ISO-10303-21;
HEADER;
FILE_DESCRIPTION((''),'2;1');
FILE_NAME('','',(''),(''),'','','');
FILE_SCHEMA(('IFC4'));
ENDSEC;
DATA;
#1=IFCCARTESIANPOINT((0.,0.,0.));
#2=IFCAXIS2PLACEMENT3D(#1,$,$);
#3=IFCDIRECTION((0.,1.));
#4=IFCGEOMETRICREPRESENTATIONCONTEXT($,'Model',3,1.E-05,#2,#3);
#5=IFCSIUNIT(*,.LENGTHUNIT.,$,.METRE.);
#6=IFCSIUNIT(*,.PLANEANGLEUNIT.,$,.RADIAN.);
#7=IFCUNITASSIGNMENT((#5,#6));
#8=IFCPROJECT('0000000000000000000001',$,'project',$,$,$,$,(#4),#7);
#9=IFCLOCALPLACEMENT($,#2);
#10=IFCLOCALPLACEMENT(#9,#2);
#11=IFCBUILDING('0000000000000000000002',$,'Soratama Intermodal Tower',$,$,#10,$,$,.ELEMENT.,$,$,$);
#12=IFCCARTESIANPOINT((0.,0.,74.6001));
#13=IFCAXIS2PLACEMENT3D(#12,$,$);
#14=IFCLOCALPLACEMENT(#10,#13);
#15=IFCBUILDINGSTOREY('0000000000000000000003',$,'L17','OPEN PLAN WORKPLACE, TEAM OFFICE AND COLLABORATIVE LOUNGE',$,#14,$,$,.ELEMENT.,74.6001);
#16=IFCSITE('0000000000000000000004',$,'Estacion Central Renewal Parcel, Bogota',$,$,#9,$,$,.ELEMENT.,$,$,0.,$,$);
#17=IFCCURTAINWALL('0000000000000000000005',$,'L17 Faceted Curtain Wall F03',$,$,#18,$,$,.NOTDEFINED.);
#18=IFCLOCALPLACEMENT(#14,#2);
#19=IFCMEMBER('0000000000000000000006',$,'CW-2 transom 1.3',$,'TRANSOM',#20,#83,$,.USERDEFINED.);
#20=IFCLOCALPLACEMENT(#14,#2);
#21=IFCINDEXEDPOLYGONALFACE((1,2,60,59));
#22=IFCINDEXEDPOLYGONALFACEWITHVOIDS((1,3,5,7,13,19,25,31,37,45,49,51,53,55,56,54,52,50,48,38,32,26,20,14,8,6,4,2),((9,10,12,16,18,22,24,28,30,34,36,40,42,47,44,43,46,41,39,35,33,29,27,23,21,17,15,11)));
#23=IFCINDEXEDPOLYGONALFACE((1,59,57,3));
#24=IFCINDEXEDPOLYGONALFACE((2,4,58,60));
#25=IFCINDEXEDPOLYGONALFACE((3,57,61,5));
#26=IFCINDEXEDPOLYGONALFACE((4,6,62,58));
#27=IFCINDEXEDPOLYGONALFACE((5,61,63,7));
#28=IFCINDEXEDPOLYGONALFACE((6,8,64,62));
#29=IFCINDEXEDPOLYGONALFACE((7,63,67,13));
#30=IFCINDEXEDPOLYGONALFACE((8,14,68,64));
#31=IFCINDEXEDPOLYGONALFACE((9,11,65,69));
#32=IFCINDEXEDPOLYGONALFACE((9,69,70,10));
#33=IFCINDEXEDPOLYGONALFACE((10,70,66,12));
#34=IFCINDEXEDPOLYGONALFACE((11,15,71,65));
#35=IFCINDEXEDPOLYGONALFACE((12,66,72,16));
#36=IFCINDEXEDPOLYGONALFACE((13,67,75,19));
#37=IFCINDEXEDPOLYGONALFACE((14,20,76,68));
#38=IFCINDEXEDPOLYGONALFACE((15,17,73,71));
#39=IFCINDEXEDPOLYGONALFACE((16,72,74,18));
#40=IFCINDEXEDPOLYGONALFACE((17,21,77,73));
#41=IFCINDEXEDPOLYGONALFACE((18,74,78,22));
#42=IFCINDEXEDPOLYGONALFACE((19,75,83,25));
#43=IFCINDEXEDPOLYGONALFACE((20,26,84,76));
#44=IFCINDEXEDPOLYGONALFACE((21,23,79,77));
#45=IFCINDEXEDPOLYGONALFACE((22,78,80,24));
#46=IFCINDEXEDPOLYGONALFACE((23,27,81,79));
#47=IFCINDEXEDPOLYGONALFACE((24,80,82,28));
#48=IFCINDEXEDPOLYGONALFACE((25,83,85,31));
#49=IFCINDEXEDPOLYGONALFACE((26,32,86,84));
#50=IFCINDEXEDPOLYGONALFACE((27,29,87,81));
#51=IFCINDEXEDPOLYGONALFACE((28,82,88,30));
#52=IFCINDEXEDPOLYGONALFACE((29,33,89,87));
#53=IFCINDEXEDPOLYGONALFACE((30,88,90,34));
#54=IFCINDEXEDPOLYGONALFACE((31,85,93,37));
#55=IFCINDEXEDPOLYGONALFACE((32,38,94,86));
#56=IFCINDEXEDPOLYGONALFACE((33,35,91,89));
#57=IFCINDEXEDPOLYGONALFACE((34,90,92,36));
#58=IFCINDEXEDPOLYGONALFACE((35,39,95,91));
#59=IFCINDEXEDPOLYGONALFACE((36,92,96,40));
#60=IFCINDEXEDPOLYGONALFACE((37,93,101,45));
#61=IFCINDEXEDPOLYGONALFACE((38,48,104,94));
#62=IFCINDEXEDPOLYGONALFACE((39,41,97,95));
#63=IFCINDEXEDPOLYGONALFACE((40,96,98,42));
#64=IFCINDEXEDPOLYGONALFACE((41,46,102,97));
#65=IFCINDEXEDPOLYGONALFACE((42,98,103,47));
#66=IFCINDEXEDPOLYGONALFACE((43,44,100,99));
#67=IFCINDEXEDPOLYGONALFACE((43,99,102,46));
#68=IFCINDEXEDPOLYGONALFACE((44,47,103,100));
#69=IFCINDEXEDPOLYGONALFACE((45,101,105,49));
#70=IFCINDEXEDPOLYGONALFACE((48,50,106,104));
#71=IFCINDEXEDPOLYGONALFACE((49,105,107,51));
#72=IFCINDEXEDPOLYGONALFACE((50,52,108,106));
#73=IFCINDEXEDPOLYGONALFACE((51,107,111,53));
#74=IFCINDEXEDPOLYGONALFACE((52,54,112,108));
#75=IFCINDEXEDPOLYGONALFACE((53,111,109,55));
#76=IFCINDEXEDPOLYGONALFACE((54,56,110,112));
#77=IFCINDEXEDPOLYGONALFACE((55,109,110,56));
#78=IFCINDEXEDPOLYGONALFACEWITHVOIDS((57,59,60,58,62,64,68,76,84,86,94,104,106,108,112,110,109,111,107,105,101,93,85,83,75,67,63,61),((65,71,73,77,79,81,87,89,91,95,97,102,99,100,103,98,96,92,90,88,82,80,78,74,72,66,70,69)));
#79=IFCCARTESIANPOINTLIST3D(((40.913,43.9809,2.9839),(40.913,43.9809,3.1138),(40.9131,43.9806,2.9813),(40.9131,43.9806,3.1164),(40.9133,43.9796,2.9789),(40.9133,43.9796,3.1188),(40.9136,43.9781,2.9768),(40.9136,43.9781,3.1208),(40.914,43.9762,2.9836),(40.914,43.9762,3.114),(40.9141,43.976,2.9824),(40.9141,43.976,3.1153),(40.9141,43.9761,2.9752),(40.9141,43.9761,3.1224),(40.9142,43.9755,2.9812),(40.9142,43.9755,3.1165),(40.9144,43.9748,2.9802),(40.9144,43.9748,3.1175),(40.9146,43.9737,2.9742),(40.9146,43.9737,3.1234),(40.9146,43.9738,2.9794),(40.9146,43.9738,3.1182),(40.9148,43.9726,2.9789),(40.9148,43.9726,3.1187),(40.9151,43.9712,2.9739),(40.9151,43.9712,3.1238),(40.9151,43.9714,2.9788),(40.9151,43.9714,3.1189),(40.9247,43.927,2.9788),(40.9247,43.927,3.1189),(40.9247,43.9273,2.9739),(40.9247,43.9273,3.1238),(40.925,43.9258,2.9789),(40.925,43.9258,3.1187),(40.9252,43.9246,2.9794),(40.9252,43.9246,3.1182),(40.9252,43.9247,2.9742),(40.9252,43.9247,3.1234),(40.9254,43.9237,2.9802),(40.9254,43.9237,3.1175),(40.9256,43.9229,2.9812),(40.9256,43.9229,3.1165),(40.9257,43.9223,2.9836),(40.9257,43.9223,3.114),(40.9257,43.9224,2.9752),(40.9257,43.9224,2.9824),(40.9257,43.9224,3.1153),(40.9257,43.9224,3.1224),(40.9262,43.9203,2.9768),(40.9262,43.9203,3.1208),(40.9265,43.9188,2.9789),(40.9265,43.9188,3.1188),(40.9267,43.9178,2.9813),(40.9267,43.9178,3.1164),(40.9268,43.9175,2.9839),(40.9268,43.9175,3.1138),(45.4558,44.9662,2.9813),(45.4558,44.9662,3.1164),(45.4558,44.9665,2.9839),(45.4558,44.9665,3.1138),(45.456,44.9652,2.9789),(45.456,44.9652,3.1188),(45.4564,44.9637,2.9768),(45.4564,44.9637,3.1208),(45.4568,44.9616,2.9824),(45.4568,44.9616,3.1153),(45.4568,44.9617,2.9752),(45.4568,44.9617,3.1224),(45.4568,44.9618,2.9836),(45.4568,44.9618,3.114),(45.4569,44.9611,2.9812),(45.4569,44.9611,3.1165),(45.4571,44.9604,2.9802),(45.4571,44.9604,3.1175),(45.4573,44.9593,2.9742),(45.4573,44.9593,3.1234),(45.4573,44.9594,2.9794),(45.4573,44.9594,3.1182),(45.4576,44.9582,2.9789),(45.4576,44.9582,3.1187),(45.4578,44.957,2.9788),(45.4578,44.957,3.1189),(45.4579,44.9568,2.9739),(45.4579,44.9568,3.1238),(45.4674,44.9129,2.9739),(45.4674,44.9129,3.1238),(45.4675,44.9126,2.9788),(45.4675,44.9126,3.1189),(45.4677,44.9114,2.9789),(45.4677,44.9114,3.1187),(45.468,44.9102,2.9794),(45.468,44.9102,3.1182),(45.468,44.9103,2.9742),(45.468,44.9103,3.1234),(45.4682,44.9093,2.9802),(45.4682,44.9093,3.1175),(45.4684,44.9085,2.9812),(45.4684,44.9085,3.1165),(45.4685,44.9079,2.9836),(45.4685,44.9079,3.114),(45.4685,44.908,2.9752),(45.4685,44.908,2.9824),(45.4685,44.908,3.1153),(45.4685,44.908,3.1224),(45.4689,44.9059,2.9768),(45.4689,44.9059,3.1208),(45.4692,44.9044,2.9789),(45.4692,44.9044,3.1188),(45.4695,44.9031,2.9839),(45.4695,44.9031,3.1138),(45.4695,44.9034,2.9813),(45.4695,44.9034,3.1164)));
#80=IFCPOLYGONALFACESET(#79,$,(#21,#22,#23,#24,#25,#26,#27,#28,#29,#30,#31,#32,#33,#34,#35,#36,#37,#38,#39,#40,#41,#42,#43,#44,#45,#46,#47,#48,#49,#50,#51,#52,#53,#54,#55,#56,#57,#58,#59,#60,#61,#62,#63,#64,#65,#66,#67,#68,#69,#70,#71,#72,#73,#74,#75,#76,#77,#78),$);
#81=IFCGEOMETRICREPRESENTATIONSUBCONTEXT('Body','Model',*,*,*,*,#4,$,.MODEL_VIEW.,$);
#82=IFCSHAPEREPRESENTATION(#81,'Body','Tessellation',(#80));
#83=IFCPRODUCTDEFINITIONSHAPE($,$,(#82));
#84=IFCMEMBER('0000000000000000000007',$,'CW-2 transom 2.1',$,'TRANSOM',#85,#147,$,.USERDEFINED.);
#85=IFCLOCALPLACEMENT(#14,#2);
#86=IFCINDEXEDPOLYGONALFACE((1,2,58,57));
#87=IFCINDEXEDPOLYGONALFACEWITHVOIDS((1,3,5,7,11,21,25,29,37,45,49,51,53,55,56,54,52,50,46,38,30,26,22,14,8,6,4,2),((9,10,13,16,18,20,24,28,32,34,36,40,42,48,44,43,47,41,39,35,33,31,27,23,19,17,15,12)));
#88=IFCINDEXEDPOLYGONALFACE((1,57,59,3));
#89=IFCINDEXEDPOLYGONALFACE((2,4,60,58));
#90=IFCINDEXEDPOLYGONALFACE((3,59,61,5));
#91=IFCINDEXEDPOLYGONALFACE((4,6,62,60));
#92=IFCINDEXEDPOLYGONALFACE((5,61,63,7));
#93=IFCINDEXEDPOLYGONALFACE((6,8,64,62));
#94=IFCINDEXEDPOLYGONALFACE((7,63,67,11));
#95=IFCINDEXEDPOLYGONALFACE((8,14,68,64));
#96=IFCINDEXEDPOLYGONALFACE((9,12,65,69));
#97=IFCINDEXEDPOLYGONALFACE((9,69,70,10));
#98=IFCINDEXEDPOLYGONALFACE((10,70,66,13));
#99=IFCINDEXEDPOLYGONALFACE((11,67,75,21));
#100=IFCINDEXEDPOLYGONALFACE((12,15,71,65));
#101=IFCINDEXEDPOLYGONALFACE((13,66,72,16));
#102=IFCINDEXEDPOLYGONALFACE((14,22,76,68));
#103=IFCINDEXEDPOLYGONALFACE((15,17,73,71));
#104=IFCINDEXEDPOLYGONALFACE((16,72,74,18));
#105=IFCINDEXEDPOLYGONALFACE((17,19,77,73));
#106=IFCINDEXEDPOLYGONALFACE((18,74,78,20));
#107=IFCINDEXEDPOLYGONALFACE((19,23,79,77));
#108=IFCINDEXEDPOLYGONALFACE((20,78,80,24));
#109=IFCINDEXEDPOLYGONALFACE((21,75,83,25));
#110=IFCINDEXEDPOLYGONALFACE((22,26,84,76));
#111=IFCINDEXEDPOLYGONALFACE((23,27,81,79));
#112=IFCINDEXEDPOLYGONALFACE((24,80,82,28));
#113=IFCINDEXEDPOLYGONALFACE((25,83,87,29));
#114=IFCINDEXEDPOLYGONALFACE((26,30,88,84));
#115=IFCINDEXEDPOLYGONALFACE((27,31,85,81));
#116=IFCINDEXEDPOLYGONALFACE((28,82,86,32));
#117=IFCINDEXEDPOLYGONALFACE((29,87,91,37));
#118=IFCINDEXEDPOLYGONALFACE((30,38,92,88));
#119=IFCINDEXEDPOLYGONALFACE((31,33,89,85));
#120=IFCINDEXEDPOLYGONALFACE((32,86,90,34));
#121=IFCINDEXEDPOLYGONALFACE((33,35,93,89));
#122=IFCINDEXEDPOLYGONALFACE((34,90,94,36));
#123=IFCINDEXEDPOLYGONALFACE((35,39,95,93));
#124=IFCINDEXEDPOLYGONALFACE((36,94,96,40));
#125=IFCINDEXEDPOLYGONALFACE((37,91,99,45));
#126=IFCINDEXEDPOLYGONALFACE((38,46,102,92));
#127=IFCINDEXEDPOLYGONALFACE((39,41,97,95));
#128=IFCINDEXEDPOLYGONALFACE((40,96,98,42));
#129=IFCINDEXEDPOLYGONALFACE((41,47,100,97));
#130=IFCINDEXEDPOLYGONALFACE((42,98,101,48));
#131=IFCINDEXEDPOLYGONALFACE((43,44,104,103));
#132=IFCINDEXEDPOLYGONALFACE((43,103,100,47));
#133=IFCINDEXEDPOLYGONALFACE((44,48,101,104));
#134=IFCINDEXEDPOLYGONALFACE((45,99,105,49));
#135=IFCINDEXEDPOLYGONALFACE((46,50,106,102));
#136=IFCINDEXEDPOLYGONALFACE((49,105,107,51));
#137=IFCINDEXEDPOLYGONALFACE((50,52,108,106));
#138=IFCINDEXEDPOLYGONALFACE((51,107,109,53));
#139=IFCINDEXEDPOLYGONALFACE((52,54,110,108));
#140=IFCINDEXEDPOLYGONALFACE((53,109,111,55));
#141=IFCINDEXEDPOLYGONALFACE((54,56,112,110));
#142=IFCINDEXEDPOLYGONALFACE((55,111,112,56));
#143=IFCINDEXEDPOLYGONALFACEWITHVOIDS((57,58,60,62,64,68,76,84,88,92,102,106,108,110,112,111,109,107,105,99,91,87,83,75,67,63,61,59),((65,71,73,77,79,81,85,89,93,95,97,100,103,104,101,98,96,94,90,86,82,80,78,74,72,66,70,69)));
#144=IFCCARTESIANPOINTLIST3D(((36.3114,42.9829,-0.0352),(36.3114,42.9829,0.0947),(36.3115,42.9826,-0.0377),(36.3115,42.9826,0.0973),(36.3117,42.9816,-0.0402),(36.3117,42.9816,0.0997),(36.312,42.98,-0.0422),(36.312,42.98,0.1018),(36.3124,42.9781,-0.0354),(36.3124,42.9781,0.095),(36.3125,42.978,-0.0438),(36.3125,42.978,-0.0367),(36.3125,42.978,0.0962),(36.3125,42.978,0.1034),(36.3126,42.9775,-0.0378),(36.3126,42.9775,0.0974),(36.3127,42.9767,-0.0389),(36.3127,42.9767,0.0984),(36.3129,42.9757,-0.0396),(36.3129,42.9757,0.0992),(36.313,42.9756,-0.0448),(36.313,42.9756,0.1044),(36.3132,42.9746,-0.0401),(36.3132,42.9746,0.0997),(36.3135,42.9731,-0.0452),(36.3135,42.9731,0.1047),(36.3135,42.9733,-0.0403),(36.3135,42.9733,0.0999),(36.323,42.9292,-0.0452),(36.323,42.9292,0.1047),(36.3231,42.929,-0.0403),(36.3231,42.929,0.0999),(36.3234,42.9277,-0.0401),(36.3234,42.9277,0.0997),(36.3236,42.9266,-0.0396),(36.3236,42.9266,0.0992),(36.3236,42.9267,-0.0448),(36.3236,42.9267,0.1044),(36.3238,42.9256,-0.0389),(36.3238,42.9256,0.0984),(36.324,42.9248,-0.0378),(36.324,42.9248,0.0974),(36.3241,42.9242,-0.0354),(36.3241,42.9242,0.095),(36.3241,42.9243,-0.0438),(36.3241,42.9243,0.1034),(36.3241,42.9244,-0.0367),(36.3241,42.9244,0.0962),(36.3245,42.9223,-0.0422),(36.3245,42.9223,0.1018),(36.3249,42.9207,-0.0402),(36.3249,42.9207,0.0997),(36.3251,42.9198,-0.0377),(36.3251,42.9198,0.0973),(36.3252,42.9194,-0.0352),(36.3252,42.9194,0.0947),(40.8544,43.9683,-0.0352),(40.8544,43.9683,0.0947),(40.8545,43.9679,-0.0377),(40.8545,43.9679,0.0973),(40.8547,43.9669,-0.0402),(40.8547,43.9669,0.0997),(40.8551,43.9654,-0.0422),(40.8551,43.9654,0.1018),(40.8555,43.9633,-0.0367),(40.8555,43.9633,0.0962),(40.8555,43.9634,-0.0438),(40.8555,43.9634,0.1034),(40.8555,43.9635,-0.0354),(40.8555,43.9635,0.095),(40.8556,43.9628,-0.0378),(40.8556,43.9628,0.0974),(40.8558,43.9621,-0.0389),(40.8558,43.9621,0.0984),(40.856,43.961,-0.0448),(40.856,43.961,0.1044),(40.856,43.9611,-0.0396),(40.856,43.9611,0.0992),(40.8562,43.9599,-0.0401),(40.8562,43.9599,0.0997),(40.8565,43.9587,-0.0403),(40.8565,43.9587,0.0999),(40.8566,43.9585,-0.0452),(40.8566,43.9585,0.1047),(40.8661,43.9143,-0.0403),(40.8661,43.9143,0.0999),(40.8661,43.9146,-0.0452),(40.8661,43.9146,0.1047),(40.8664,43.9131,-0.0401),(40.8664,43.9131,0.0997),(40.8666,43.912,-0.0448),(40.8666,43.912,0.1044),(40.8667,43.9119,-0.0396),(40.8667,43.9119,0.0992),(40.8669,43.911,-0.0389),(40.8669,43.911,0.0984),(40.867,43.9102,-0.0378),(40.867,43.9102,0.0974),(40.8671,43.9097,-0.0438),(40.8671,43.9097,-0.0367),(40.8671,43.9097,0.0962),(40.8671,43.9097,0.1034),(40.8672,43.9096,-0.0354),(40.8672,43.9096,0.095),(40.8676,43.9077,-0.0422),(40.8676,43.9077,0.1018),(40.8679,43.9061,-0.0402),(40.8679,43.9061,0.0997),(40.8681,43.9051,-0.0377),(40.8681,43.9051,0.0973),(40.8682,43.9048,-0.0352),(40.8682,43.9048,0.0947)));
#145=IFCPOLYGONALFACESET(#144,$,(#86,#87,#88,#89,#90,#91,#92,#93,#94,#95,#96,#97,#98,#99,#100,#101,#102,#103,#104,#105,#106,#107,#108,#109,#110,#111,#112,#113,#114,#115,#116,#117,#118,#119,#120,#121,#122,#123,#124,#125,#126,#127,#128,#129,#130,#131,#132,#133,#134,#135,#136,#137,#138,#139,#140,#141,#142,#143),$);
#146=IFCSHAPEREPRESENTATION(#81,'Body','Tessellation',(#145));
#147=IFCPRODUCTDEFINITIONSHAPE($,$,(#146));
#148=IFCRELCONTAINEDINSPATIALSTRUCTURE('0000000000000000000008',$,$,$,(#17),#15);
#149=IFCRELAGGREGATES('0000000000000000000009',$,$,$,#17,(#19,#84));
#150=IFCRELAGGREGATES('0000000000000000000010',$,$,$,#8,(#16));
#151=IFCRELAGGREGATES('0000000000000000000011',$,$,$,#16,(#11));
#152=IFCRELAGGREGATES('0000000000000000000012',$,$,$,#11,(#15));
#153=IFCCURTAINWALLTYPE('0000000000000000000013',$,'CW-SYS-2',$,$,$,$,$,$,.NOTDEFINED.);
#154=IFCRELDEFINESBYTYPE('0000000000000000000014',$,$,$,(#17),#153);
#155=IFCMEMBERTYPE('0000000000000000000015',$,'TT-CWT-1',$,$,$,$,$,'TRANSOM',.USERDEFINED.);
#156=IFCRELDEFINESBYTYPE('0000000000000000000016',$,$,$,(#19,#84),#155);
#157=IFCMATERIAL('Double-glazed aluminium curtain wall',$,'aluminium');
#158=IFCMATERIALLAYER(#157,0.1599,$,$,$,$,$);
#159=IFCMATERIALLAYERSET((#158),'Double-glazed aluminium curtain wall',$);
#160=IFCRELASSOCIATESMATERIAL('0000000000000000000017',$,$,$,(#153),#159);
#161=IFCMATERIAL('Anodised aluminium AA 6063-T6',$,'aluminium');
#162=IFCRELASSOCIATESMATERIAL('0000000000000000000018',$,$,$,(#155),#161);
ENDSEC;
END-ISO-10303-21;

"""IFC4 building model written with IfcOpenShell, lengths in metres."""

from ifc_helpers import new_model, si_unit, direction, frame, origin, origin_2d, place, context, subcontext, project, spatial, hollow_rectangle, extrude, material, layer, layer_set, material_profile, profile_set, type_object, element, aggregate, save


model = new_model("IFC4")

# Units and contexts
model_context = context("Model", 3, precision=1e-05, world=origin(), true_north=direction((0.0, 1.0)))
body_context = subcontext(model_context, "Body", "Model", "MODEL_VIEW")
ifc_project = project(units=[si_unit("LENGTHUNIT", "METRE"), si_unit("PLANEANGLEUNIT", "RADIAN")], contexts=[model_context])

# Site, building, storey
site_placement = place(None, origin())
site = spatial("IfcSite", under=ifc_project, at=site_placement, Name="Estacion Central Renewal Parcel, Bogota", CompositionType="ELEMENT", RefElevation=0.0)
building_placement = place(site_placement, origin())
building = spatial("IfcBuilding", under=site, at=building_placement, Name="Soratama Intermodal Tower", CompositionType="ELEMENT")
storey_placement = place(building_placement, frame((0.0, 0.0, 74.6001)))
storey = spatial("IfcBuildingStorey", under=building, at=storey_placement, Name="L17", Description="OPEN PLAN WORKPLACE, TEAM OFFICE AND COLLABORATIVE LOUNGE", CompositionType="ELEMENT", Elevation=74.6001)

# Shared definitions
ifc_material_1 = material(Name="Double-glazed aluminium curtain wall", Category="aluminium")
ifc_layer_1 = layer(ifc_material_1, 0.1599)
ifc_layer_set_1 = layer_set([ifc_layer_1], Name="Double-glazed aluminium curtain wall")
curtain_wall_type = type_object("IfcCurtainWallType", Name="CW-SYS-2", PredefinedType="NOTDEFINED", material=ifc_layer_set_1)

# Curtain wall, members
curtain_wall_1_placement = place(storey_placement, origin())
curtain_wall_1 = element("IfcCurtainWall", 1, at=curtain_wall_1_placement, inside=storey, type_object=curtain_wall_type, Name="L17 Faceted Curtain Wall F03", PredefinedType="NOTDEFINED")
ifc_material_2 = material(Name="Anodised aluminium AA 6063-T6", Category="aluminium")
ifc_material_profile_1 = material_profile(ifc_material_2, hollow_rectangle(XDim=0.0649, YDim=0.1499, WallThickness=0.0049, InnerFilletRadius=0.0049, OuterFilletRadius=0.01, at=origin_2d()), Name="CWT150X65X5")
ifc_profile_set_1 = profile_set([ifc_material_profile_1], Name="Anodised aluminium AA 6063-T6")
member_type_1 = type_object("IfcMemberType", Name="TT-CWT-1", ElementType="TRANSOM", PredefinedType="USERDEFINED", material=ifc_profile_set_1)
member_1_placement = place(storey_placement, frame((45.4626, 44.9348, 3.0488), z_axis=(-0.977264, -0.212028, 0.0), x_axis=(0.212028, -0.977264, 0.0)))
member_1 = element("IfcMember", 2, at=member_1_placement, type_object=member_type_1, Name="CW-2 transom 1.3", ObjectType="TRANSOM", PredefinedType="USERDEFINED", context=body_context, shape_type="SweptSolid", body=[
    extrude(hollow_rectangle(XDim=0.0649, YDim=0.1499, WallThickness=0.0049, InnerFilletRadius=0.0049, OuterFilletRadius=0.01, at=origin_2d()), origin(), (0.0, 0.0, 1.0), 4.6484),
])
member_2_placement = place(storey_placement, frame((40.8613, 43.9365, 0.0298), z_axis=(-0.977277, -0.211967, 0.0), x_axis=(0.211967, -0.977277, 0.0)))
member_2 = element("IfcMember", 3, at=member_2_placement, type_object=member_type_1, Name="CW-2 transom 2.1", ObjectType="TRANSOM", PredefinedType="USERDEFINED", context=body_context, shape_type="SweptSolid", body=[
    extrude(hollow_rectangle(XDim=0.0649, YDim=0.1499, WallThickness=0.0049, InnerFilletRadius=0.0049, OuterFilletRadius=0.01, at=origin_2d()), origin(), (0.0, 0.0, 1.0), 4.6487),
])

aggregate(curtain_wall_1, [member_1, member_2])

save(model, "model.ifc")
